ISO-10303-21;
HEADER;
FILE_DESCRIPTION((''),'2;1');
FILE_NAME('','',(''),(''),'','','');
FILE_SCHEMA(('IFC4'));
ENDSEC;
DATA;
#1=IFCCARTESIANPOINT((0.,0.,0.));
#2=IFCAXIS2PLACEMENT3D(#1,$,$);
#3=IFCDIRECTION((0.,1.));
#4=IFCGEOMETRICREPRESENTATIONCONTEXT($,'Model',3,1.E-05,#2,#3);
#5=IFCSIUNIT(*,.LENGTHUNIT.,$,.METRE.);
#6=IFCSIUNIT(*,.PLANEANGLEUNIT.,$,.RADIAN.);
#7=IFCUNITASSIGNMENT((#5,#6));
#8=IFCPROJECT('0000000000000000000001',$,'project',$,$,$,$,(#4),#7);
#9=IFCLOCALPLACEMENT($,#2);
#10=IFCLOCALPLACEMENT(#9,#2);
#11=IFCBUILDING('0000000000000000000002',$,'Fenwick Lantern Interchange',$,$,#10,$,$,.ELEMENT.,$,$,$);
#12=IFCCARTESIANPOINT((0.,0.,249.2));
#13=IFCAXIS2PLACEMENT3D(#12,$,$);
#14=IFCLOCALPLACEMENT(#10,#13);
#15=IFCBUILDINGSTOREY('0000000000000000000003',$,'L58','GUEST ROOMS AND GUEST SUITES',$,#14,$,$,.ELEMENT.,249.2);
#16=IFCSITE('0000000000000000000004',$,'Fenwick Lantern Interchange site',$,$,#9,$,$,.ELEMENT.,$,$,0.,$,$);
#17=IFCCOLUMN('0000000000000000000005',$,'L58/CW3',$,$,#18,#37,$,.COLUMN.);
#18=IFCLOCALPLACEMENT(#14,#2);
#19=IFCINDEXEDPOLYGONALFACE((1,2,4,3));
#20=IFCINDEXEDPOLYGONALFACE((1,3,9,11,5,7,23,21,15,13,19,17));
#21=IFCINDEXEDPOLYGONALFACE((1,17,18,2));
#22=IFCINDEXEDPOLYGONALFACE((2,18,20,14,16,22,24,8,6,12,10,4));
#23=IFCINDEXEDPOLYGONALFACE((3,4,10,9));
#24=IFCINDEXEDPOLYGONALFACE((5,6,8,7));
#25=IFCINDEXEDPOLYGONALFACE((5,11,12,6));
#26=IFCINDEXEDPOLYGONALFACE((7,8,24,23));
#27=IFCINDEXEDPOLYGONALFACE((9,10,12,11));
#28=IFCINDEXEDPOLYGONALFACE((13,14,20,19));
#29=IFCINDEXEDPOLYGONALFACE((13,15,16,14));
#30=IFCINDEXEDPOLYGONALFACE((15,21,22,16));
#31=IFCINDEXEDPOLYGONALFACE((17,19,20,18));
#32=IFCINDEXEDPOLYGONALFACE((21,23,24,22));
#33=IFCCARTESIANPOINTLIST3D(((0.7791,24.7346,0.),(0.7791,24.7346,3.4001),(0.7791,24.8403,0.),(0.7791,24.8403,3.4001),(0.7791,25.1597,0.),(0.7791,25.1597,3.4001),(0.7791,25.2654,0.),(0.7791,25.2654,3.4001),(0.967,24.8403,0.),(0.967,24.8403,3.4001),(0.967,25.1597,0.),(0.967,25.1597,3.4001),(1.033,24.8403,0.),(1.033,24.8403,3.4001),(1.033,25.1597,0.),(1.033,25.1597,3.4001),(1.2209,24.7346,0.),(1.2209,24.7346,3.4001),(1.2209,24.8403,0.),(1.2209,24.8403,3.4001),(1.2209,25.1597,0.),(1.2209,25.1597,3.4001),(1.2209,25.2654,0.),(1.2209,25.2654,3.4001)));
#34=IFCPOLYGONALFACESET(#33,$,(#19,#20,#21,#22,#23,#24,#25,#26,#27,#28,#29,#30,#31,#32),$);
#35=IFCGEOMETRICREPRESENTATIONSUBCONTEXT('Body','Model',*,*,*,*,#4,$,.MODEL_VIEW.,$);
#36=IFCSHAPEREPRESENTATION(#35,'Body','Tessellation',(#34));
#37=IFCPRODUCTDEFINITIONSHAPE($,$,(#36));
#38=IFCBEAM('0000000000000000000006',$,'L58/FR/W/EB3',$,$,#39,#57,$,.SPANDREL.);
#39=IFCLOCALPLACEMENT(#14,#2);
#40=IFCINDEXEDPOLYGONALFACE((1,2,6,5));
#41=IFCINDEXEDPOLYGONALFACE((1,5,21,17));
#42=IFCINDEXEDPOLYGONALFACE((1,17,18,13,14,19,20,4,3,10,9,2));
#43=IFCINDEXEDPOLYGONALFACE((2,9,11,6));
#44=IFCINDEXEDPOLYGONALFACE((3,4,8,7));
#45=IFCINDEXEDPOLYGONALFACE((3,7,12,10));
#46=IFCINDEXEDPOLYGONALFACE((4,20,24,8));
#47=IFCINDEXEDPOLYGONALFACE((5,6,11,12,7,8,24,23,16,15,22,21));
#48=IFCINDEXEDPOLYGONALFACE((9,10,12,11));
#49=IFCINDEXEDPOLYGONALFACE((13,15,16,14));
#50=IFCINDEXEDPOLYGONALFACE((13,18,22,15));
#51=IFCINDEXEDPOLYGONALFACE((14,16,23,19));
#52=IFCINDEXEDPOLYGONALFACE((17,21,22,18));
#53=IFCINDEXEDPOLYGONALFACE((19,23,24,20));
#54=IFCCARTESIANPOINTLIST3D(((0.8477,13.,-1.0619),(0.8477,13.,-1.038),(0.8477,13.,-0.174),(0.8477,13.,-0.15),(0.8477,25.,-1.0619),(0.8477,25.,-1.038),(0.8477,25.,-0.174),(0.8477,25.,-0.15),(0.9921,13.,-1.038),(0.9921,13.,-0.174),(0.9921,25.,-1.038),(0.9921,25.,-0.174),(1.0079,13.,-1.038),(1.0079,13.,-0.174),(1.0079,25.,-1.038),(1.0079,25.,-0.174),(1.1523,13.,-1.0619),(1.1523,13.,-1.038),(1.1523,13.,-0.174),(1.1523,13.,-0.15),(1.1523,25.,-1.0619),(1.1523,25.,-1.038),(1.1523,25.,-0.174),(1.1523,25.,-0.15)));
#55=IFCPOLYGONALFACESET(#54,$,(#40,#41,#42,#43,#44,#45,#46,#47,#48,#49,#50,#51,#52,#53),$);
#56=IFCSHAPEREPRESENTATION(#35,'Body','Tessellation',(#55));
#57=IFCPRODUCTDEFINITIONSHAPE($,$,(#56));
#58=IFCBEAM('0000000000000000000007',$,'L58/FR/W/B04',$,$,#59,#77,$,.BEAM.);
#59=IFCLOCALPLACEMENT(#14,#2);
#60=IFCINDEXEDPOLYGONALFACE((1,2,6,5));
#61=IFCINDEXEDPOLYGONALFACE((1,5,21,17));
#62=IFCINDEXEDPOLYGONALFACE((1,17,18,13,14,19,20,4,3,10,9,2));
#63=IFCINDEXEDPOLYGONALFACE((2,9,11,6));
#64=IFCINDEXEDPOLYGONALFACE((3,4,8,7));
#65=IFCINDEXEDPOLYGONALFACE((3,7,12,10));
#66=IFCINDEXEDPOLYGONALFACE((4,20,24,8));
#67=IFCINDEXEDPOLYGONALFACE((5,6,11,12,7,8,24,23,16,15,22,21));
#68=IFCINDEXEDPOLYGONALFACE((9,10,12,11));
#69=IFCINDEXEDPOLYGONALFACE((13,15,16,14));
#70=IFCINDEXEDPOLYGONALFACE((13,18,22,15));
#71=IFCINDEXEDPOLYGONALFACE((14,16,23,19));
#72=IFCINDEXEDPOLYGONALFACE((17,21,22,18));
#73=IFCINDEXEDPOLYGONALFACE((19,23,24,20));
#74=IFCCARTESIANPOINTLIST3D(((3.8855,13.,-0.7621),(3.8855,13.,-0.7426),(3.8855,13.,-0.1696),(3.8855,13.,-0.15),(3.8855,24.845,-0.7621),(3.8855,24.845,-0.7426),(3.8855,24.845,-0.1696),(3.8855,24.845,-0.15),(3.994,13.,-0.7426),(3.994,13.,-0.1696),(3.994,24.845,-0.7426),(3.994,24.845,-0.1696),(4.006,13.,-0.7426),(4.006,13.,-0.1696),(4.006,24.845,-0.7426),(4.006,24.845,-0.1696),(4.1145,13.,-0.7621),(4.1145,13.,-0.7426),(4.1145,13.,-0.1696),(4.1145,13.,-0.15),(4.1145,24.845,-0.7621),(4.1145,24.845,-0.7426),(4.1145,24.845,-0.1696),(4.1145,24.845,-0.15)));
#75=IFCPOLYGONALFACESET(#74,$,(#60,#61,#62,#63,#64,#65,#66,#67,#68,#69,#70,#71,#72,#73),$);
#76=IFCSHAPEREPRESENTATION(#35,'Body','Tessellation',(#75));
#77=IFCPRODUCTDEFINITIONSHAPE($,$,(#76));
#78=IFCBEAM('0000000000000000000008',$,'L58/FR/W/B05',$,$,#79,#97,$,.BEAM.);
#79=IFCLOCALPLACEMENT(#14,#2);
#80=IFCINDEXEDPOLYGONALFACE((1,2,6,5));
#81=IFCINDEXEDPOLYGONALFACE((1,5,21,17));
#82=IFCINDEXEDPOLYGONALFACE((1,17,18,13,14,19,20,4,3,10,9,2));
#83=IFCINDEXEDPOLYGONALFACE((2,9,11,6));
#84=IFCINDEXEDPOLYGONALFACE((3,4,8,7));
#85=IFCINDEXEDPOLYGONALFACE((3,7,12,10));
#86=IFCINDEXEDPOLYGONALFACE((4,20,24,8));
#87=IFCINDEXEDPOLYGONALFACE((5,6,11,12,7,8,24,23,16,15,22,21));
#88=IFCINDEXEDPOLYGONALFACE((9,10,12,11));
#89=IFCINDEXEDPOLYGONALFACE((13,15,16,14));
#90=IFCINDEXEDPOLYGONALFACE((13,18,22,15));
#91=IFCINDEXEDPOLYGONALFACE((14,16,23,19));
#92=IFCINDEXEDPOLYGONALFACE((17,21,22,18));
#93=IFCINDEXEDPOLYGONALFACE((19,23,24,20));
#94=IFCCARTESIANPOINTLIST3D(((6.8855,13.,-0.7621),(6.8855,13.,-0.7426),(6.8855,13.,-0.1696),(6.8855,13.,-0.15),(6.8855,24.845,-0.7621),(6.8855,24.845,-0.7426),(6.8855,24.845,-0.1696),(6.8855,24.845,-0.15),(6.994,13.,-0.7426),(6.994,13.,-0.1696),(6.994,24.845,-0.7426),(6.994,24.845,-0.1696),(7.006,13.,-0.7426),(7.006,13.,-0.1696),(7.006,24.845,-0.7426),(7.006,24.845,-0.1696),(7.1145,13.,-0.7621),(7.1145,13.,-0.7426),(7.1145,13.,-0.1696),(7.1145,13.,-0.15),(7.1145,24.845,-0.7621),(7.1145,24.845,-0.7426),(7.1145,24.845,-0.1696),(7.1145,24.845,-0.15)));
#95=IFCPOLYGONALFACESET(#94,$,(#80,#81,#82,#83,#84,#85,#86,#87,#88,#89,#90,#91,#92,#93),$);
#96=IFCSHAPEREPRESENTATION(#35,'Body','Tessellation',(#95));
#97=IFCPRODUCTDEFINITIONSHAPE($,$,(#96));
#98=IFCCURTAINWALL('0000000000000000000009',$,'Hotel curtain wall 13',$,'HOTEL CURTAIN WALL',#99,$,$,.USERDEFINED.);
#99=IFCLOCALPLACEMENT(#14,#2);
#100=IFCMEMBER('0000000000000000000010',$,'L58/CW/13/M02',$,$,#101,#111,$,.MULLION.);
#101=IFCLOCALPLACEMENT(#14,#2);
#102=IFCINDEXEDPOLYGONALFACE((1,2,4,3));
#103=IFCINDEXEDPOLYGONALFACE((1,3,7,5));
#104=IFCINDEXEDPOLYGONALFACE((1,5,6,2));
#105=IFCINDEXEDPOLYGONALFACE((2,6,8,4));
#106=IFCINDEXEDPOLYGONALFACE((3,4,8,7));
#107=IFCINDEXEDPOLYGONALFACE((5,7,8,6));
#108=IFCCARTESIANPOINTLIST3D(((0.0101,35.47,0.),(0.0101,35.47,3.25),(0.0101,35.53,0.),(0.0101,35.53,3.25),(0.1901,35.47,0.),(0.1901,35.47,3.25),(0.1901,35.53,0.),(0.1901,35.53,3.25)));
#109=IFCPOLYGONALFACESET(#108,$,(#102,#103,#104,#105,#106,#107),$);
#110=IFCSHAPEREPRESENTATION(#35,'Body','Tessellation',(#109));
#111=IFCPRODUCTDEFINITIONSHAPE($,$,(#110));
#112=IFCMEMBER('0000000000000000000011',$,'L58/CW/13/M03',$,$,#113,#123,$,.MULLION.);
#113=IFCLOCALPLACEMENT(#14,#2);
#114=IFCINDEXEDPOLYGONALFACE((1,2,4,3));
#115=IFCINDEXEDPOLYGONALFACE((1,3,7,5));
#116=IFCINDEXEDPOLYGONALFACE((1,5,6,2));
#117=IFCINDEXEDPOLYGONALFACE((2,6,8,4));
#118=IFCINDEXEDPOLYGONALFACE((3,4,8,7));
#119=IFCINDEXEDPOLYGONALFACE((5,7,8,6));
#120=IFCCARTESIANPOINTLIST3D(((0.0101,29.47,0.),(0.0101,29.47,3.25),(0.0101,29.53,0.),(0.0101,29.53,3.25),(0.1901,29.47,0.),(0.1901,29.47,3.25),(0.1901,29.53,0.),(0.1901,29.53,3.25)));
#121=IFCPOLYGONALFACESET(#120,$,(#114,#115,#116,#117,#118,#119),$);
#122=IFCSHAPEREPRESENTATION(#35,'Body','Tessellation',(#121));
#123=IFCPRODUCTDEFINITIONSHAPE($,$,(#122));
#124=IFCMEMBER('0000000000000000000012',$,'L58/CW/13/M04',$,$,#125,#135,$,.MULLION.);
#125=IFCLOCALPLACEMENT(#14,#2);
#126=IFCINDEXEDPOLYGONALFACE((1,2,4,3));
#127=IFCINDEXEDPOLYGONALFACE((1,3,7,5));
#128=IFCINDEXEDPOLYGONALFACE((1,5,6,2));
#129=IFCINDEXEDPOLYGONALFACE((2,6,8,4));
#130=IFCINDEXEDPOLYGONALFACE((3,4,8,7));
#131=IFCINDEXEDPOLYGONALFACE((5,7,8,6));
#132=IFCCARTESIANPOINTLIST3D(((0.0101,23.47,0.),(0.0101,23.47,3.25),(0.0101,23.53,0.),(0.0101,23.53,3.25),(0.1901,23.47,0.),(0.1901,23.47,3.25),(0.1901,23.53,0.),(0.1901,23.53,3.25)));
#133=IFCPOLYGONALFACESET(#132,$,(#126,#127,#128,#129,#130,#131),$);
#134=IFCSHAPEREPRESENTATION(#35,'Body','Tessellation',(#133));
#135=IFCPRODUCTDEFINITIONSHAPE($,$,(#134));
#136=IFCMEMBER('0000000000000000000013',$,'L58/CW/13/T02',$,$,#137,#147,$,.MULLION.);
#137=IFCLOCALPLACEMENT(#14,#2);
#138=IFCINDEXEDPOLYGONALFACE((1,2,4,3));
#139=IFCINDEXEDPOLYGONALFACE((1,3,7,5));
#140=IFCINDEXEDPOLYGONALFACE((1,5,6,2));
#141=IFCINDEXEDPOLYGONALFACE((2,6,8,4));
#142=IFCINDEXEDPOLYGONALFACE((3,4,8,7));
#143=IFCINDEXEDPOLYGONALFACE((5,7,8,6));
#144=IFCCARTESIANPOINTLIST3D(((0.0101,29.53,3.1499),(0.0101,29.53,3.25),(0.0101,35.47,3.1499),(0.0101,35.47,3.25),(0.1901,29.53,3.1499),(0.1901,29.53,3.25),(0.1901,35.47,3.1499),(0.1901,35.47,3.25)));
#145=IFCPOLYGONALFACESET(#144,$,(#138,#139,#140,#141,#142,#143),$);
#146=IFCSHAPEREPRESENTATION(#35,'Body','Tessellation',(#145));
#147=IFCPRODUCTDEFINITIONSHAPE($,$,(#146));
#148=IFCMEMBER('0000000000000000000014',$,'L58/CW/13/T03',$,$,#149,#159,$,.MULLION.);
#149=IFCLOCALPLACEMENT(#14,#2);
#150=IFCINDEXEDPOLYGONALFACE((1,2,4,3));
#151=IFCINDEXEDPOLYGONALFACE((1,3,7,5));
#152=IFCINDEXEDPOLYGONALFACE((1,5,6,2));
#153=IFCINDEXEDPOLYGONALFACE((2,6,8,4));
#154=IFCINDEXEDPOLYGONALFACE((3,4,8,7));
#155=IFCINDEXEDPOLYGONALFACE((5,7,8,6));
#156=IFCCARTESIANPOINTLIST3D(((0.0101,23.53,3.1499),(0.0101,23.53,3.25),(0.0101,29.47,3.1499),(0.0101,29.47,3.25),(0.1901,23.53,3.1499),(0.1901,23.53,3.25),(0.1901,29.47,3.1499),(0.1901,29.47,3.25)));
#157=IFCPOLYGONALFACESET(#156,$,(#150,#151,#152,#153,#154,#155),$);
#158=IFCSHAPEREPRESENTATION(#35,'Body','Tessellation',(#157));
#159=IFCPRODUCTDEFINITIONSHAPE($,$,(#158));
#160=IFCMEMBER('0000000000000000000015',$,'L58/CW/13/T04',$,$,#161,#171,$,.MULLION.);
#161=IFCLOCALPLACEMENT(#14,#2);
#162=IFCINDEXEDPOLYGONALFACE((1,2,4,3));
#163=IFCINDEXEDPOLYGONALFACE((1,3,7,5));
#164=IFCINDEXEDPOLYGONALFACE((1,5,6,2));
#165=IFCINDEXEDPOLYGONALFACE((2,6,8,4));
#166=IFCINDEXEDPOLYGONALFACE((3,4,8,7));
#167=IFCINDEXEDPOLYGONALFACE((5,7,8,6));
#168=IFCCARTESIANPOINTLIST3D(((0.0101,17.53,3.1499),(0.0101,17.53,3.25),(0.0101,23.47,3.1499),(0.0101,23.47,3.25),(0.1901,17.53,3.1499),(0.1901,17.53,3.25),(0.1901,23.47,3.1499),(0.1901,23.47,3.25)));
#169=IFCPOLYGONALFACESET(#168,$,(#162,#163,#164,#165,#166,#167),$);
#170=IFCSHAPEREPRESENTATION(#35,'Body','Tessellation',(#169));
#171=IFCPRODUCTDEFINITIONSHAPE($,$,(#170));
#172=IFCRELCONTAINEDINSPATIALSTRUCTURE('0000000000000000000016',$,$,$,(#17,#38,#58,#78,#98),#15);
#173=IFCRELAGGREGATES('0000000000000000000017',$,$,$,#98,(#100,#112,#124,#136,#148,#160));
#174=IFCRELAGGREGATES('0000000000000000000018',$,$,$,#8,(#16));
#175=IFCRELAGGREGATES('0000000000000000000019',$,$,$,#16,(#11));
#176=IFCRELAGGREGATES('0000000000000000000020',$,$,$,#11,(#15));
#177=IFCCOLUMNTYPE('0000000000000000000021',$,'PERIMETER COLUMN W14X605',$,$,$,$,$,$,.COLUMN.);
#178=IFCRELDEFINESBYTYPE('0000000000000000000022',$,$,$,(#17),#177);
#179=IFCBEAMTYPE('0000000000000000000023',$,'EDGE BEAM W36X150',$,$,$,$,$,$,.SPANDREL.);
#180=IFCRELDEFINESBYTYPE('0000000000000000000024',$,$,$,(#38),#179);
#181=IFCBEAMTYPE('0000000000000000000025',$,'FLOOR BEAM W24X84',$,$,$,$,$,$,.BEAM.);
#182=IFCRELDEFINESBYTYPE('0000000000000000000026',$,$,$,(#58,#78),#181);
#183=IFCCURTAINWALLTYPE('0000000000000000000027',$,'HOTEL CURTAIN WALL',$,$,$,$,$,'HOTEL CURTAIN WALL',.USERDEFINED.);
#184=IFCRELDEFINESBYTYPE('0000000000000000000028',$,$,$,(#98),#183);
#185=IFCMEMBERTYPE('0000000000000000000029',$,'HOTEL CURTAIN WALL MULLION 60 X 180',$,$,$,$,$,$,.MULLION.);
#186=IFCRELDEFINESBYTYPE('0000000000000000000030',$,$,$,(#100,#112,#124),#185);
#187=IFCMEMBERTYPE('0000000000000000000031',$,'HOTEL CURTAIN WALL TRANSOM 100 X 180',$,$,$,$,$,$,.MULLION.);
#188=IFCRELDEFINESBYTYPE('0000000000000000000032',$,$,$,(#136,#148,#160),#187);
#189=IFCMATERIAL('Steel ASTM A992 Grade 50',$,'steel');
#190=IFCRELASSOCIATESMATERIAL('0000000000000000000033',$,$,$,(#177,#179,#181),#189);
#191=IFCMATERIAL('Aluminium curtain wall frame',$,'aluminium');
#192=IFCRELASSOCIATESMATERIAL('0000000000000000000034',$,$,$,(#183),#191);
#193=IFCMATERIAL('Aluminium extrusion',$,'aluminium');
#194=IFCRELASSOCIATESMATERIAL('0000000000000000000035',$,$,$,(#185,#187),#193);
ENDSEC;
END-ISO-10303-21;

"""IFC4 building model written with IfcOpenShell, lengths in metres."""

from ifc_helpers import new_model, si_unit, direction, frame, origin, origin_2d, place, context, subcontext, project, spatial, rectangle, i_section, extrude, material, material_profile, profile_set, type_object, element, aggregate, save


model = new_model("IFC4")

# Units and contexts
model_context = context("Model", 3, precision=1e-05, world=origin(), true_north=direction((0.0, 1.0)))
body_context = subcontext(model_context, "Body", "Model", "MODEL_VIEW")
ifc_project = project(units=[si_unit("LENGTHUNIT", "METRE"), si_unit("PLANEANGLEUNIT", "RADIAN")], contexts=[model_context])

# Site, building, storey
site_placement = place(None, origin())
site = spatial("IfcSite", under=ifc_project, at=site_placement, Name="Fenwick Lantern Interchange site", CompositionType="ELEMENT", RefElevation=0.0)
building_placement = place(site_placement, origin())
building = spatial("IfcBuilding", under=site, at=building_placement, Name="Fenwick Lantern Interchange", CompositionType="ELEMENT")
storey_placement = place(building_placement, frame((0.0, 0.0, 249.2)))
storey = spatial("IfcBuildingStorey", under=building, at=storey_placement, Name="L58", Description="GUEST ROOMS AND GUEST SUITES", CompositionType="ELEMENT", Elevation=249.2)

# Column
ifc_material_1 = material(Name="Steel ASTM A992 Grade 50", Category="steel")
ifc_material_profile_1 = material_profile(ifc_material_1, i_section(OverallWidth=0.4419, OverallDepth=0.5308, WebThickness=0.0659, FlangeThickness=0.1057, at=origin_2d()), Name="W14X605")
ifc_profile_set_1 = profile_set([ifc_material_profile_1], Name="Steel ASTM A992 Grade 50")
column_type = type_object("IfcColumnType", Name="PERIMETER COLUMN W14X605", PredefinedType="COLUMN", material=ifc_profile_set_1)
column_placement = place(storey_placement, frame((1.0, 25.0, 0.0), z_axis=(0.0, 0.0, 1.0), x_axis=(1.0, 0.0, 0.0)))
element("IfcColumn", 1, at=column_placement, inside=storey, type_object=column_type, Name="L58/CW3", PredefinedType="COLUMN", context=body_context, shape_type="SweptSolid", body=[
    extrude(i_section(OverallWidth=0.4419, OverallDepth=0.5308, WebThickness=0.0659, FlangeThickness=0.1057, at=origin_2d()), origin(), (0.0, 0.0, 1.0), 3.4001),
])

# Beams
ifc_material_profile_2 = material_profile(ifc_material_1, i_section(OverallWidth=0.3047, OverallDepth=0.9119, WebThickness=0.0159, FlangeThickness=0.0239, at=origin_2d()), Name="W36X150")
ifc_profile_set_2 = profile_set([ifc_material_profile_2], Name="Steel ASTM A992 Grade 50")
beam_type_1 = type_object("IfcBeamType", Name="EDGE BEAM W36X150", PredefinedType="SPANDREL", material=ifc_profile_set_2)
beam_1_placement = place(storey_placement, frame((1.0, 25.0, -0.606), z_axis=(0.0, -1.0, 0.0), x_axis=(1.0, 0.0, 0.0)))
element("IfcBeam", 2, at=beam_1_placement, inside=storey, type_object=beam_type_1, Name="L58/FR/W/EB3", PredefinedType="SPANDREL", context=body_context, shape_type="SweptSolid", body=[
    extrude(i_section(OverallWidth=0.3047, OverallDepth=0.9119, WebThickness=0.0159, FlangeThickness=0.0239, at=origin_2d()), origin(), (0.0, 0.0, 1.0), 12.0),
])
ifc_material_profile_3 = material_profile(ifc_material_1, i_section(OverallWidth=0.229, OverallDepth=0.6121, WebThickness=0.012, FlangeThickness=0.0195, at=origin_2d()), Name="W24X84")
ifc_profile_set_3 = profile_set([ifc_material_profile_3], Name="Steel ASTM A992 Grade 50")
beam_type_2 = type_object("IfcBeamType", Name="FLOOR BEAM W24X84", PredefinedType="BEAM", material=ifc_profile_set_3)
for number, where, z_axis, x_axis, name in (
    (3, (4.0, 24.845, -0.4561), (0.0, -1.0, 0.0), (1.0, 0.0, 0.0), "L58/FR/W/B04"),
    (4, (7.0, 24.845, -0.4561), (0.0, -1.0, 0.0), (1.0, 0.0, 0.0), "L58/FR/W/B05"),
):
    element("IfcBeam", number, at=place(storey_placement, frame(where, z_axis=z_axis, x_axis=x_axis)), inside=storey, type_object=beam_type_2, Name=name, PredefinedType="BEAM", context=body_context, shape_type="SweptSolid", body=[
        extrude(i_section(OverallWidth=0.229, OverallDepth=0.6121, WebThickness=0.012, FlangeThickness=0.0195, at=origin_2d()), origin(), (0.0, 0.0, 1.0), 11.845),
    ])

# Curtain wall, members
ifc_material_2 = material(Name="Aluminium curtain wall frame", Category="aluminium")
curtain_wall_type = type_object("IfcCurtainWallType", Name="HOTEL CURTAIN WALL", ElementType="HOTEL CURTAIN WALL", PredefinedType="USERDEFINED", material=ifc_material_2)
curtain_wall_placement = place(storey_placement, origin())
curtain_wall = element("IfcCurtainWall", 5, at=curtain_wall_placement, inside=storey, type_object=curtain_wall_type, Name="Hotel curtain wall 13", ObjectType="HOTEL CURTAIN WALL", PredefinedType="USERDEFINED")
ifc_material_3 = material(Name="Aluminium extrusion", Category="aluminium")
ifc_material_profile_4 = material_profile(ifc_material_3, rectangle(XDim=0.1799, YDim=0.0601, at=origin_2d()), Name="HOTEL CURTAIN WALL MULLION 60 X 180")
ifc_profile_set_4 = profile_set([ifc_material_profile_4], Name="Aluminium extrusion")
member_type_1 = type_object("IfcMemberType", Name="HOTEL CURTAIN WALL MULLION 60 X 180", PredefinedType="MULLION", material=ifc_profile_set_4)
member_1_placement = place(storey_placement, frame((0.1001, 35.5, 0.0), z_axis=(0.0, 0.0, 1.0), x_axis=(1.0, 0.0, 0.0)))
member_1 = element("IfcMember", 6, at=member_1_placement, type_object=member_type_1, Name="L58/CW/13/M02", PredefinedType="MULLION", context=body_context, shape_type="SweptSolid", body=[
    extrude(rectangle(XDim=0.1799, YDim=0.0601, at=origin_2d()), origin(), (0.0, 0.0, 1.0), 3.25),
])
member_2_placement = place(storey_placement, frame((0.1001, 29.5, 0.0), z_axis=(0.0, 0.0, 1.0), x_axis=(1.0, 0.0, 0.0)))
member_2 = element("IfcMember", 7, at=member_2_placement, type_object=member_type_1, Name="L58/CW/13/M03", PredefinedType="MULLION", context=body_context, shape_type="SweptSolid", body=[
    extrude(rectangle(XDim=0.1799, YDim=0.0601, at=origin_2d()), origin(), (0.0, 0.0, 1.0), 3.25),
])
member_3_placement = place(storey_placement, frame((0.1001, 23.5, 0.0), z_axis=(0.0, 0.0, 1.0), x_axis=(1.0, 0.0, 0.0)))
member_3 = element("IfcMember", 8, at=member_3_placement, type_object=member_type_1, Name="L58/CW/13/M04", PredefinedType="MULLION", context=body_context, shape_type="SweptSolid", body=[
    extrude(rectangle(XDim=0.1799, YDim=0.0601, at=origin_2d()), origin(), (0.0, 0.0, 1.0), 3.25),
])
ifc_material_profile_5 = material_profile(ifc_material_3, rectangle(XDim=0.1799, YDim=0.1001, at=origin_2d()), Name="HOTEL CURTAIN WALL TRANSOM 100 X 180")
ifc_profile_set_5 = profile_set([ifc_material_profile_5], Name="Aluminium extrusion")
member_type_2 = type_object("IfcMemberType", Name="HOTEL CURTAIN WALL TRANSOM 100 X 180", PredefinedType="MULLION", material=ifc_profile_set_5)
member_4_placement = place(storey_placement, frame((0.1001, 35.47, 3.2), z_axis=(0.0, -1.0, 0.0), x_axis=(1.0, 0.0, 0.0)))
member_4 = element("IfcMember", 9, at=member_4_placement, type_object=member_type_2, Name="L58/CW/13/T02", PredefinedType="MULLION", context=body_context, shape_type="SweptSolid", body=[
    extrude(rectangle(XDim=0.1799, YDim=0.1001, at=origin_2d()), origin(), (0.0, 0.0, 1.0), 5.9399),
])
member_5_placement = place(storey_placement, frame((0.1001, 29.47, 3.2), z_axis=(0.0, -1.0, 0.0), x_axis=(1.0, 0.0, 0.0)))
member_5 = element("IfcMember", 10, at=member_5_placement, type_object=member_type_2, Name="L58/CW/13/T03", PredefinedType="MULLION", context=body_context, shape_type="SweptSolid", body=[
    extrude(rectangle(XDim=0.1799, YDim=0.1001, at=origin_2d()), origin(), (0.0, 0.0, 1.0), 5.9399),
])
member_6_placement = place(storey_placement, frame((0.1001, 23.47, 3.2), z_axis=(0.0, -1.0, 0.0), x_axis=(1.0, 0.0, 0.0)))
member_6 = element("IfcMember", 11, at=member_6_placement, type_object=member_type_2, Name="L58/CW/13/T04", PredefinedType="MULLION", context=body_context, shape_type="SweptSolid", body=[
    extrude(rectangle(XDim=0.1799, YDim=0.1001, at=origin_2d()), origin(), (0.0, 0.0, 1.0), 5.9399),
])
aggregate(curtain_wall, [member_1, member_2, member_3, member_4, member_5, member_6])

save(model, "model.ifc")
